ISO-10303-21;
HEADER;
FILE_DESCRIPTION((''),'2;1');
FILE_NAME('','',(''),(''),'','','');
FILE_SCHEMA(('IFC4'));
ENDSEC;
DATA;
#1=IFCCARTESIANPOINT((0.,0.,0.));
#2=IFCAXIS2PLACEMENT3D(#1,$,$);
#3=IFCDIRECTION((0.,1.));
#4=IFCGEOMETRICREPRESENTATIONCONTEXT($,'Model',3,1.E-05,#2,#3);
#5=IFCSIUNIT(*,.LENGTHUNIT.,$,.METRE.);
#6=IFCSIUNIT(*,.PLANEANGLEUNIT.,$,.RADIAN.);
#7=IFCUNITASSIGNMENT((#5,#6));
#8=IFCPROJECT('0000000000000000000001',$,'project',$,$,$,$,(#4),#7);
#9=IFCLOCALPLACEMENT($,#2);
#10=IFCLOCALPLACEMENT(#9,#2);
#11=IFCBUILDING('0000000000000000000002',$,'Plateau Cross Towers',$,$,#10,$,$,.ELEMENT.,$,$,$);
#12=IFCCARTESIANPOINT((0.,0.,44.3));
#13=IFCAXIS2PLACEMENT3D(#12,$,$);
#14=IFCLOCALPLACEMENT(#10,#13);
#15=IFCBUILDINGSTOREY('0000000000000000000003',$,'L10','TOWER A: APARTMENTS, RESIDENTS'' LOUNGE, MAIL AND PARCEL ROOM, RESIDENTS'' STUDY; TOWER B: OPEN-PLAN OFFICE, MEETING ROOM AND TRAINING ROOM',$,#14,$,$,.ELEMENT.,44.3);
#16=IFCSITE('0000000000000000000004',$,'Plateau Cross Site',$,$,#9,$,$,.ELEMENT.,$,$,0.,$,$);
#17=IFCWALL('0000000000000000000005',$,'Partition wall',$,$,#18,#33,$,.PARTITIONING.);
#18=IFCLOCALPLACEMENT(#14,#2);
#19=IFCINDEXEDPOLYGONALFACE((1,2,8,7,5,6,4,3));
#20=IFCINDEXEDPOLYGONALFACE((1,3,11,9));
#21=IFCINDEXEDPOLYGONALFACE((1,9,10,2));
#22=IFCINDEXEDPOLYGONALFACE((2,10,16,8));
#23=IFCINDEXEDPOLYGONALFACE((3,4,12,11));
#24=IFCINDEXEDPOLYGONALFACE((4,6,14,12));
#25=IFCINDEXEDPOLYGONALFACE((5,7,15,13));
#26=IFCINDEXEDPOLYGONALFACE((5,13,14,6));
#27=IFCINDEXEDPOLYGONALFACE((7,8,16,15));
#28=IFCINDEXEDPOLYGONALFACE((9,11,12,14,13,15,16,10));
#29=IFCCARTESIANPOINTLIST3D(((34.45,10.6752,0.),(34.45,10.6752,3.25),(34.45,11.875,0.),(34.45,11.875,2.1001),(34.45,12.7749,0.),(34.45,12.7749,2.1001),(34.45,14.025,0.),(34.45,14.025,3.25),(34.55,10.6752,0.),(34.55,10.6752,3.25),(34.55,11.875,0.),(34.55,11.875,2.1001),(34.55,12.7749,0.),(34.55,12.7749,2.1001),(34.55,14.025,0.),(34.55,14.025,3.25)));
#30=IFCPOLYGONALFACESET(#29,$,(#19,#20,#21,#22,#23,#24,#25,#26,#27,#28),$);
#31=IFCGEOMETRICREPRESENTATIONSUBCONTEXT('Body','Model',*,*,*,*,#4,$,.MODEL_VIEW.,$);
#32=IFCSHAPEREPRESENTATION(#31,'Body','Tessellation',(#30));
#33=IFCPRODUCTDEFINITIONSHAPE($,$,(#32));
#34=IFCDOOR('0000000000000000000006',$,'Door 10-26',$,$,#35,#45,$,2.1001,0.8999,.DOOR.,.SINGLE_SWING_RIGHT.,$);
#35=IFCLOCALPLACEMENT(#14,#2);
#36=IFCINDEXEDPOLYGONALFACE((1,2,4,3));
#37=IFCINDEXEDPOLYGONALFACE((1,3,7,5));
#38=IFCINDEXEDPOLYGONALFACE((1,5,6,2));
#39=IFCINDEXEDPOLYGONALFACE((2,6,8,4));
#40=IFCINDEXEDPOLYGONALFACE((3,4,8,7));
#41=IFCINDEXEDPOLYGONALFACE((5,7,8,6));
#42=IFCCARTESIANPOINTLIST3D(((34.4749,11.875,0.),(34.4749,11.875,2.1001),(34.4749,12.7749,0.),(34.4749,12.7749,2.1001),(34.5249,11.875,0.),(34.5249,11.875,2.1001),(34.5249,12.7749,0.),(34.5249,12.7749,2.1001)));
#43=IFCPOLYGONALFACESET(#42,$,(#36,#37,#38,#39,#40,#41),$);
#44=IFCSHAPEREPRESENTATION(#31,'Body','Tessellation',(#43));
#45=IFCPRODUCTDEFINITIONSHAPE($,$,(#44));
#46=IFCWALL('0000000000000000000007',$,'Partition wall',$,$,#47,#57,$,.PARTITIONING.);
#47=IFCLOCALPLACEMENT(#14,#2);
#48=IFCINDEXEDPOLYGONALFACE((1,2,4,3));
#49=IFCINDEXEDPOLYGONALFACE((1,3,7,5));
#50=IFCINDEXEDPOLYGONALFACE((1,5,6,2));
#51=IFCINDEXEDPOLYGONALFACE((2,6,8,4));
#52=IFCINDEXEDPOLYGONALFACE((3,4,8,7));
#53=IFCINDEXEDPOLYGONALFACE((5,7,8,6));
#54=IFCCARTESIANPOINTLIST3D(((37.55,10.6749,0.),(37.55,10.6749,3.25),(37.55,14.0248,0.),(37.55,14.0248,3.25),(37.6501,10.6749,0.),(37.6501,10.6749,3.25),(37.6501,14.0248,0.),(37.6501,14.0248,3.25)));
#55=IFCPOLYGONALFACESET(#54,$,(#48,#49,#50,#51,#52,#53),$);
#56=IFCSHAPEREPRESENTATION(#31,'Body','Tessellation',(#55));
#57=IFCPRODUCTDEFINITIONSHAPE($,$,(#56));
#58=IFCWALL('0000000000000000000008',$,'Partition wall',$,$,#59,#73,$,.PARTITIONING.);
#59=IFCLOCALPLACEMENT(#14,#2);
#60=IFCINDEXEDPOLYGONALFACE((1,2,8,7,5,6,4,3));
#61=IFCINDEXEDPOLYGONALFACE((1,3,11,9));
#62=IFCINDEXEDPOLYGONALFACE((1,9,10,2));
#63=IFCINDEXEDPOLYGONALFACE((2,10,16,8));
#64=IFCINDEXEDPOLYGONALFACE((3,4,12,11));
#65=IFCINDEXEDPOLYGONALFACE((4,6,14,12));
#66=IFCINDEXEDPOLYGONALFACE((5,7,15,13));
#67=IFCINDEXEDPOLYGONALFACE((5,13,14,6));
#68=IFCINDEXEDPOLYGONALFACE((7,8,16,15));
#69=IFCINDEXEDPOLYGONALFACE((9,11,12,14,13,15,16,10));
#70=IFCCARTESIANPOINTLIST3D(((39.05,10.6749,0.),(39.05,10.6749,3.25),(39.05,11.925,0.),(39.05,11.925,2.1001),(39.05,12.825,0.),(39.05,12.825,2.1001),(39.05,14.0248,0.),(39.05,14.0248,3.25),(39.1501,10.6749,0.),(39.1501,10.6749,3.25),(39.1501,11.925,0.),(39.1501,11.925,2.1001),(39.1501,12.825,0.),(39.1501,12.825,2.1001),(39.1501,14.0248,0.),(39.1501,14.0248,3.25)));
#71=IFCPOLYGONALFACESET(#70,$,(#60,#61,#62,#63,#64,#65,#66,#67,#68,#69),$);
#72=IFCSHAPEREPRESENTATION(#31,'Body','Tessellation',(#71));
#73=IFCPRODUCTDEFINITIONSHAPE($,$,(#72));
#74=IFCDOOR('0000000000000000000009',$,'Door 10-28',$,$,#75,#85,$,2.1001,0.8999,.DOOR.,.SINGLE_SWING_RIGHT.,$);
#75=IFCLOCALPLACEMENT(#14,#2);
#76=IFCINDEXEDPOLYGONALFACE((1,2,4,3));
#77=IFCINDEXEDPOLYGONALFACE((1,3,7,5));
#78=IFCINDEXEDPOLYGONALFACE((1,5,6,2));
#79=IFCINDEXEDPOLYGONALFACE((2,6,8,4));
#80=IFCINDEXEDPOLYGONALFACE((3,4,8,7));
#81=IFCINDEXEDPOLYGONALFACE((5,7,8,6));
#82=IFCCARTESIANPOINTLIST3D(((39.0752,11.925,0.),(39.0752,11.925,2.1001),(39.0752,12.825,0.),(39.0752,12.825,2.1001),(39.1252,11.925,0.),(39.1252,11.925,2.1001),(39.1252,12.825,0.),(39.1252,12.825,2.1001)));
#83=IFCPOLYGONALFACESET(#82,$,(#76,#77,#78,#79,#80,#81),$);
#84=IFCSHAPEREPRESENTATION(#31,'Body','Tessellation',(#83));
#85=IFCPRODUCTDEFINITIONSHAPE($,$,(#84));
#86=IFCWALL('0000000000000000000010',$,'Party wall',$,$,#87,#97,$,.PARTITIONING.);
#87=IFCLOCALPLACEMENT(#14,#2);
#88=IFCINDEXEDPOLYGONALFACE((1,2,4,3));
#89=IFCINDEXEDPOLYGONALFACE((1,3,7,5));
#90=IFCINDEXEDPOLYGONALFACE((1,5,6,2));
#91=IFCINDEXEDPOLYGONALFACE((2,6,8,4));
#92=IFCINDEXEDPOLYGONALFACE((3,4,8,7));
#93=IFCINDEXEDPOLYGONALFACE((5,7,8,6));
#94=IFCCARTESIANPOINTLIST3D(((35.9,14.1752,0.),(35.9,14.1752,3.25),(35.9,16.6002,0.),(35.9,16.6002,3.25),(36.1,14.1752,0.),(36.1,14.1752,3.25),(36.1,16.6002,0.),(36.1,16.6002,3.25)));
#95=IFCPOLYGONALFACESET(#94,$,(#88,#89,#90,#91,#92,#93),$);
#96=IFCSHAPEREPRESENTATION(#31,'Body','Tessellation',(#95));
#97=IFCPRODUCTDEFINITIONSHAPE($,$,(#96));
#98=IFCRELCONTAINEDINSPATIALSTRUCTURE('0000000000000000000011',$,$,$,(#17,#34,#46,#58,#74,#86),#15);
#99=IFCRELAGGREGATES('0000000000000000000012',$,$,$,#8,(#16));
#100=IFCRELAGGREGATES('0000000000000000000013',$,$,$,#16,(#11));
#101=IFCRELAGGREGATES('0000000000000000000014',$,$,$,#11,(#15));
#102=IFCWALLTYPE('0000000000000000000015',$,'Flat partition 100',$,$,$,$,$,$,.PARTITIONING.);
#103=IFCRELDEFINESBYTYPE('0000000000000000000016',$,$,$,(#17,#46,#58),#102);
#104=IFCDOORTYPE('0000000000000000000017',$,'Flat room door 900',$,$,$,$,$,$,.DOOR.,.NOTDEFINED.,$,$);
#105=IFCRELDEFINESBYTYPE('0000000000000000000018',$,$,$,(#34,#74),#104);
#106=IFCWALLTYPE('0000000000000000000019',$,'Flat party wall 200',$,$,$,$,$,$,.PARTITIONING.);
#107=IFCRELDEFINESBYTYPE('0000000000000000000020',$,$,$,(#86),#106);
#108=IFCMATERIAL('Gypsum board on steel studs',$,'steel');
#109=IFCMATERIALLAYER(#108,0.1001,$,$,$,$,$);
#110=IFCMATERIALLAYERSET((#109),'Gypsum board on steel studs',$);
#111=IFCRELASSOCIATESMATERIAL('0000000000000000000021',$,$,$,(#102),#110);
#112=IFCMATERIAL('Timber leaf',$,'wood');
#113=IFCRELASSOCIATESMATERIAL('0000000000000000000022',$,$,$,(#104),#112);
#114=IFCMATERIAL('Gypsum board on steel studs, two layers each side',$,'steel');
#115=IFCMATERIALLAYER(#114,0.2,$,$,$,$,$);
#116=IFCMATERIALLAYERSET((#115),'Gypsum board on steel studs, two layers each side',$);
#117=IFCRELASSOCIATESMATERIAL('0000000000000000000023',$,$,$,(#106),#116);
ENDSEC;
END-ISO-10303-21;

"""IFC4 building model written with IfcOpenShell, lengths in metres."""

from ifc_helpers import new_model, si_unit, direction, frame, frame_2d, origin, place, context, subcontext, project, spatial, rectangle, extrude, material, layer, layer_set, type_object, element, fill, save


model = new_model("IFC4")

# Units and contexts
model_context = context("Model", 3, precision=1e-05, world=origin(), true_north=direction((0.0, 1.0)))
body_context = subcontext(model_context, "Body", "Model", "MODEL_VIEW")
ifc_project = project(units=[si_unit("LENGTHUNIT", "METRE"), si_unit("PLANEANGLEUNIT", "RADIAN")], contexts=[model_context])

# Site, building, storey
site_placement = place(None, origin())
site = spatial("IfcSite", under=ifc_project, at=site_placement, Name="Plateau Cross Site", CompositionType="ELEMENT", RefElevation=0.0)
building_placement = place(site_placement, origin())
building = spatial("IfcBuilding", under=site, at=building_placement, Name="Plateau Cross Towers", CompositionType="ELEMENT")
storey_placement = place(building_placement, frame((0.0, 0.0, 44.3)))
storey = spatial("IfcBuildingStorey", under=building, at=storey_placement, Name="L10", Description="TOWER A: APARTMENTS, RESIDENTS' LOUNGE, MAIL AND PARCEL ROOM, RESIDENTS' STUDY; TOWER B: OPEN-PLAN OFFICE, MEETING ROOM AND TRAINING ROOM", CompositionType="ELEMENT", Elevation=44.3)

# Shared definitions
ifc_material_1 = material(Name="Gypsum board on steel studs", Category="steel")
ifc_layer_1 = layer(ifc_material_1, 0.1001)
ifc_layer_set_1 = layer_set([ifc_layer_1], Name="Gypsum board on steel studs")
wall_type_1 = type_object("IfcWallType", Name="Flat partition 100", PredefinedType="PARTITIONING", material=ifc_layer_set_1)

# Wall, opening, door
ifc_material_2 = material(Name="Timber leaf", Category="wood")
door_type = type_object("IfcDoorType", Name="Flat room door 900", OperationType="NOTDEFINED", PredefinedType="DOOR", material=ifc_material_2)
wall_1_placement = place(storey_placement, frame((34.5, 14.0249, 0.0), z_axis=(0.0, 0.0, 1.0), x_axis=(0.0, -1.0, 0.0)))
wall_1 = element("IfcWall", 1, at=wall_1_placement, inside=storey, type_object=wall_type_1, Name="Partition wall", PredefinedType="PARTITIONING", context=body_context, shape_type="SweptSolid", body=[
    extrude(rectangle(XDim=3.3499, YDim=0.1001, at=frame_2d((1.6748, 0.0))), origin(), (0.0, 0.0, 1.0), 3.25),
])
opening_1_placement = place(wall_1_placement, frame((1.25, 0.0, 0.0)))
opening_1 = element("IfcOpeningElement", 2, at=opening_1_placement, cuts=wall_1, PredefinedType="OPENING", context=body_context, shape_type="SweptSolid", body=[
    extrude(rectangle(XDim=0.8999, YDim=2.1001, at=frame_2d((0.45, 1.05))), frame((0.0, 0.0601, 0.0), z_axis=(0.0, -1.0, 0.0), x_axis=(1.0, 0.0, 0.0)), (0.0, 0.0, 1.0), 0.1201),
])
door_1_placement = place(opening_1_placement, origin())
door_1 = element("IfcDoor", 3, at=door_1_placement, inside=storey, type_object=door_type, Name="Door 10-26", OperationType="SINGLE_SWING_RIGHT", OverallHeight=2.1001, OverallWidth=0.8999, PredefinedType="DOOR", context=body_context, shape_type="SweptSolid", body=[
    extrude(rectangle(XDim=0.8999, YDim=2.1001, at=frame_2d((0.45, 1.05))), frame((0.0, 0.0249, 0.0), z_axis=(0.0, -1.0, 0.0), x_axis=(1.0, 0.0, 0.0)), (0.0, 0.0, 1.0), 0.05),
])
fill(opening_1, door_1)

# Wall
wall_2_placement = place(storey_placement, frame((37.6001, 10.675, 0.0), z_axis=(0.0, 0.0, 1.0), x_axis=(0.0, 1.0, 0.0)))
element("IfcWall", 4, at=wall_2_placement, inside=storey, type_object=wall_type_1, Name="Partition wall", PredefinedType="PARTITIONING", context=body_context, shape_type="SweptSolid", body=[
    extrude(rectangle(XDim=3.3499, YDim=0.1001, at=frame_2d((1.6748, 0.0))), origin(), (0.0, 0.0, 1.0), 3.25),
])

# Wall, opening, door
wall_3_placement = place(storey_placement, frame((39.1001, 10.675, 0.0), z_axis=(0.0, 0.0, 1.0), x_axis=(0.0, 1.0, 0.0)))
wall_3 = element("IfcWall", 5, at=wall_3_placement, inside=storey, type_object=wall_type_1, Name="Partition wall", PredefinedType="PARTITIONING", context=body_context, shape_type="SweptSolid", body=[
    extrude(rectangle(XDim=3.3499, YDim=0.1001, at=frame_2d((1.6748, 0.0))), origin(), (0.0, 0.0, 1.0), 3.25),
])
opening_2_placement = place(wall_3_placement, frame((1.25, 0.0, 0.0)))
opening_2 = element("IfcOpeningElement", 6, at=opening_2_placement, cuts=wall_3, PredefinedType="OPENING", context=body_context, shape_type="SweptSolid", body=[
    extrude(rectangle(XDim=0.8999, YDim=2.1001, at=frame_2d((0.45, 1.05))), frame((0.0, 0.0601, 0.0), z_axis=(0.0, -1.0, 0.0), x_axis=(1.0, 0.0, 0.0)), (0.0, 0.0, 1.0), 0.1201),
])
door_2_placement = place(opening_2_placement, origin())
door_2 = element("IfcDoor", 7, at=door_2_placement, inside=storey, type_object=door_type, Name="Door 10-28", OperationType="SINGLE_SWING_RIGHT", OverallHeight=2.1001, OverallWidth=0.8999, PredefinedType="DOOR", context=body_context, shape_type="SweptSolid", body=[
    extrude(rectangle(XDim=0.8999, YDim=2.1001, at=frame_2d((0.45, 1.05))), frame((0.0, 0.0249, 0.0), z_axis=(0.0, -1.0, 0.0), x_axis=(1.0, 0.0, 0.0)), (0.0, 0.0, 1.0), 0.05),
])
fill(opening_2, door_2)

# Wall
ifc_material_3 = material(Name="Gypsum board on steel studs, two layers each side", Category="steel")
ifc_layer_2 = layer(ifc_material_3, 0.2)
ifc_layer_set_2 = layer_set([ifc_layer_2], Name="Gypsum board on steel studs, two layers each side")
wall_type_2 = type_object("IfcWallType", Name="Flat party wall 200", PredefinedType="PARTITIONING", material=ifc_layer_set_2)
wall_4_placement = place(storey_placement, frame((36.0, 16.6001, 0.0), z_axis=(0.0, 0.0, 1.0), x_axis=(0.0, -1.0, 0.0)))
element("IfcWall", 8, at=wall_4_placement, inside=storey, type_object=wall_type_2, Name="Party wall", PredefinedType="PARTITIONING", context=body_context, shape_type="SweptSolid", body=[
    extrude(rectangle(XDim=2.425, YDim=0.2, at=frame_2d((1.2124, 0.0))), origin(), (0.0, 0.0, 1.0), 3.25),
])

save(model, "model.ifc")
